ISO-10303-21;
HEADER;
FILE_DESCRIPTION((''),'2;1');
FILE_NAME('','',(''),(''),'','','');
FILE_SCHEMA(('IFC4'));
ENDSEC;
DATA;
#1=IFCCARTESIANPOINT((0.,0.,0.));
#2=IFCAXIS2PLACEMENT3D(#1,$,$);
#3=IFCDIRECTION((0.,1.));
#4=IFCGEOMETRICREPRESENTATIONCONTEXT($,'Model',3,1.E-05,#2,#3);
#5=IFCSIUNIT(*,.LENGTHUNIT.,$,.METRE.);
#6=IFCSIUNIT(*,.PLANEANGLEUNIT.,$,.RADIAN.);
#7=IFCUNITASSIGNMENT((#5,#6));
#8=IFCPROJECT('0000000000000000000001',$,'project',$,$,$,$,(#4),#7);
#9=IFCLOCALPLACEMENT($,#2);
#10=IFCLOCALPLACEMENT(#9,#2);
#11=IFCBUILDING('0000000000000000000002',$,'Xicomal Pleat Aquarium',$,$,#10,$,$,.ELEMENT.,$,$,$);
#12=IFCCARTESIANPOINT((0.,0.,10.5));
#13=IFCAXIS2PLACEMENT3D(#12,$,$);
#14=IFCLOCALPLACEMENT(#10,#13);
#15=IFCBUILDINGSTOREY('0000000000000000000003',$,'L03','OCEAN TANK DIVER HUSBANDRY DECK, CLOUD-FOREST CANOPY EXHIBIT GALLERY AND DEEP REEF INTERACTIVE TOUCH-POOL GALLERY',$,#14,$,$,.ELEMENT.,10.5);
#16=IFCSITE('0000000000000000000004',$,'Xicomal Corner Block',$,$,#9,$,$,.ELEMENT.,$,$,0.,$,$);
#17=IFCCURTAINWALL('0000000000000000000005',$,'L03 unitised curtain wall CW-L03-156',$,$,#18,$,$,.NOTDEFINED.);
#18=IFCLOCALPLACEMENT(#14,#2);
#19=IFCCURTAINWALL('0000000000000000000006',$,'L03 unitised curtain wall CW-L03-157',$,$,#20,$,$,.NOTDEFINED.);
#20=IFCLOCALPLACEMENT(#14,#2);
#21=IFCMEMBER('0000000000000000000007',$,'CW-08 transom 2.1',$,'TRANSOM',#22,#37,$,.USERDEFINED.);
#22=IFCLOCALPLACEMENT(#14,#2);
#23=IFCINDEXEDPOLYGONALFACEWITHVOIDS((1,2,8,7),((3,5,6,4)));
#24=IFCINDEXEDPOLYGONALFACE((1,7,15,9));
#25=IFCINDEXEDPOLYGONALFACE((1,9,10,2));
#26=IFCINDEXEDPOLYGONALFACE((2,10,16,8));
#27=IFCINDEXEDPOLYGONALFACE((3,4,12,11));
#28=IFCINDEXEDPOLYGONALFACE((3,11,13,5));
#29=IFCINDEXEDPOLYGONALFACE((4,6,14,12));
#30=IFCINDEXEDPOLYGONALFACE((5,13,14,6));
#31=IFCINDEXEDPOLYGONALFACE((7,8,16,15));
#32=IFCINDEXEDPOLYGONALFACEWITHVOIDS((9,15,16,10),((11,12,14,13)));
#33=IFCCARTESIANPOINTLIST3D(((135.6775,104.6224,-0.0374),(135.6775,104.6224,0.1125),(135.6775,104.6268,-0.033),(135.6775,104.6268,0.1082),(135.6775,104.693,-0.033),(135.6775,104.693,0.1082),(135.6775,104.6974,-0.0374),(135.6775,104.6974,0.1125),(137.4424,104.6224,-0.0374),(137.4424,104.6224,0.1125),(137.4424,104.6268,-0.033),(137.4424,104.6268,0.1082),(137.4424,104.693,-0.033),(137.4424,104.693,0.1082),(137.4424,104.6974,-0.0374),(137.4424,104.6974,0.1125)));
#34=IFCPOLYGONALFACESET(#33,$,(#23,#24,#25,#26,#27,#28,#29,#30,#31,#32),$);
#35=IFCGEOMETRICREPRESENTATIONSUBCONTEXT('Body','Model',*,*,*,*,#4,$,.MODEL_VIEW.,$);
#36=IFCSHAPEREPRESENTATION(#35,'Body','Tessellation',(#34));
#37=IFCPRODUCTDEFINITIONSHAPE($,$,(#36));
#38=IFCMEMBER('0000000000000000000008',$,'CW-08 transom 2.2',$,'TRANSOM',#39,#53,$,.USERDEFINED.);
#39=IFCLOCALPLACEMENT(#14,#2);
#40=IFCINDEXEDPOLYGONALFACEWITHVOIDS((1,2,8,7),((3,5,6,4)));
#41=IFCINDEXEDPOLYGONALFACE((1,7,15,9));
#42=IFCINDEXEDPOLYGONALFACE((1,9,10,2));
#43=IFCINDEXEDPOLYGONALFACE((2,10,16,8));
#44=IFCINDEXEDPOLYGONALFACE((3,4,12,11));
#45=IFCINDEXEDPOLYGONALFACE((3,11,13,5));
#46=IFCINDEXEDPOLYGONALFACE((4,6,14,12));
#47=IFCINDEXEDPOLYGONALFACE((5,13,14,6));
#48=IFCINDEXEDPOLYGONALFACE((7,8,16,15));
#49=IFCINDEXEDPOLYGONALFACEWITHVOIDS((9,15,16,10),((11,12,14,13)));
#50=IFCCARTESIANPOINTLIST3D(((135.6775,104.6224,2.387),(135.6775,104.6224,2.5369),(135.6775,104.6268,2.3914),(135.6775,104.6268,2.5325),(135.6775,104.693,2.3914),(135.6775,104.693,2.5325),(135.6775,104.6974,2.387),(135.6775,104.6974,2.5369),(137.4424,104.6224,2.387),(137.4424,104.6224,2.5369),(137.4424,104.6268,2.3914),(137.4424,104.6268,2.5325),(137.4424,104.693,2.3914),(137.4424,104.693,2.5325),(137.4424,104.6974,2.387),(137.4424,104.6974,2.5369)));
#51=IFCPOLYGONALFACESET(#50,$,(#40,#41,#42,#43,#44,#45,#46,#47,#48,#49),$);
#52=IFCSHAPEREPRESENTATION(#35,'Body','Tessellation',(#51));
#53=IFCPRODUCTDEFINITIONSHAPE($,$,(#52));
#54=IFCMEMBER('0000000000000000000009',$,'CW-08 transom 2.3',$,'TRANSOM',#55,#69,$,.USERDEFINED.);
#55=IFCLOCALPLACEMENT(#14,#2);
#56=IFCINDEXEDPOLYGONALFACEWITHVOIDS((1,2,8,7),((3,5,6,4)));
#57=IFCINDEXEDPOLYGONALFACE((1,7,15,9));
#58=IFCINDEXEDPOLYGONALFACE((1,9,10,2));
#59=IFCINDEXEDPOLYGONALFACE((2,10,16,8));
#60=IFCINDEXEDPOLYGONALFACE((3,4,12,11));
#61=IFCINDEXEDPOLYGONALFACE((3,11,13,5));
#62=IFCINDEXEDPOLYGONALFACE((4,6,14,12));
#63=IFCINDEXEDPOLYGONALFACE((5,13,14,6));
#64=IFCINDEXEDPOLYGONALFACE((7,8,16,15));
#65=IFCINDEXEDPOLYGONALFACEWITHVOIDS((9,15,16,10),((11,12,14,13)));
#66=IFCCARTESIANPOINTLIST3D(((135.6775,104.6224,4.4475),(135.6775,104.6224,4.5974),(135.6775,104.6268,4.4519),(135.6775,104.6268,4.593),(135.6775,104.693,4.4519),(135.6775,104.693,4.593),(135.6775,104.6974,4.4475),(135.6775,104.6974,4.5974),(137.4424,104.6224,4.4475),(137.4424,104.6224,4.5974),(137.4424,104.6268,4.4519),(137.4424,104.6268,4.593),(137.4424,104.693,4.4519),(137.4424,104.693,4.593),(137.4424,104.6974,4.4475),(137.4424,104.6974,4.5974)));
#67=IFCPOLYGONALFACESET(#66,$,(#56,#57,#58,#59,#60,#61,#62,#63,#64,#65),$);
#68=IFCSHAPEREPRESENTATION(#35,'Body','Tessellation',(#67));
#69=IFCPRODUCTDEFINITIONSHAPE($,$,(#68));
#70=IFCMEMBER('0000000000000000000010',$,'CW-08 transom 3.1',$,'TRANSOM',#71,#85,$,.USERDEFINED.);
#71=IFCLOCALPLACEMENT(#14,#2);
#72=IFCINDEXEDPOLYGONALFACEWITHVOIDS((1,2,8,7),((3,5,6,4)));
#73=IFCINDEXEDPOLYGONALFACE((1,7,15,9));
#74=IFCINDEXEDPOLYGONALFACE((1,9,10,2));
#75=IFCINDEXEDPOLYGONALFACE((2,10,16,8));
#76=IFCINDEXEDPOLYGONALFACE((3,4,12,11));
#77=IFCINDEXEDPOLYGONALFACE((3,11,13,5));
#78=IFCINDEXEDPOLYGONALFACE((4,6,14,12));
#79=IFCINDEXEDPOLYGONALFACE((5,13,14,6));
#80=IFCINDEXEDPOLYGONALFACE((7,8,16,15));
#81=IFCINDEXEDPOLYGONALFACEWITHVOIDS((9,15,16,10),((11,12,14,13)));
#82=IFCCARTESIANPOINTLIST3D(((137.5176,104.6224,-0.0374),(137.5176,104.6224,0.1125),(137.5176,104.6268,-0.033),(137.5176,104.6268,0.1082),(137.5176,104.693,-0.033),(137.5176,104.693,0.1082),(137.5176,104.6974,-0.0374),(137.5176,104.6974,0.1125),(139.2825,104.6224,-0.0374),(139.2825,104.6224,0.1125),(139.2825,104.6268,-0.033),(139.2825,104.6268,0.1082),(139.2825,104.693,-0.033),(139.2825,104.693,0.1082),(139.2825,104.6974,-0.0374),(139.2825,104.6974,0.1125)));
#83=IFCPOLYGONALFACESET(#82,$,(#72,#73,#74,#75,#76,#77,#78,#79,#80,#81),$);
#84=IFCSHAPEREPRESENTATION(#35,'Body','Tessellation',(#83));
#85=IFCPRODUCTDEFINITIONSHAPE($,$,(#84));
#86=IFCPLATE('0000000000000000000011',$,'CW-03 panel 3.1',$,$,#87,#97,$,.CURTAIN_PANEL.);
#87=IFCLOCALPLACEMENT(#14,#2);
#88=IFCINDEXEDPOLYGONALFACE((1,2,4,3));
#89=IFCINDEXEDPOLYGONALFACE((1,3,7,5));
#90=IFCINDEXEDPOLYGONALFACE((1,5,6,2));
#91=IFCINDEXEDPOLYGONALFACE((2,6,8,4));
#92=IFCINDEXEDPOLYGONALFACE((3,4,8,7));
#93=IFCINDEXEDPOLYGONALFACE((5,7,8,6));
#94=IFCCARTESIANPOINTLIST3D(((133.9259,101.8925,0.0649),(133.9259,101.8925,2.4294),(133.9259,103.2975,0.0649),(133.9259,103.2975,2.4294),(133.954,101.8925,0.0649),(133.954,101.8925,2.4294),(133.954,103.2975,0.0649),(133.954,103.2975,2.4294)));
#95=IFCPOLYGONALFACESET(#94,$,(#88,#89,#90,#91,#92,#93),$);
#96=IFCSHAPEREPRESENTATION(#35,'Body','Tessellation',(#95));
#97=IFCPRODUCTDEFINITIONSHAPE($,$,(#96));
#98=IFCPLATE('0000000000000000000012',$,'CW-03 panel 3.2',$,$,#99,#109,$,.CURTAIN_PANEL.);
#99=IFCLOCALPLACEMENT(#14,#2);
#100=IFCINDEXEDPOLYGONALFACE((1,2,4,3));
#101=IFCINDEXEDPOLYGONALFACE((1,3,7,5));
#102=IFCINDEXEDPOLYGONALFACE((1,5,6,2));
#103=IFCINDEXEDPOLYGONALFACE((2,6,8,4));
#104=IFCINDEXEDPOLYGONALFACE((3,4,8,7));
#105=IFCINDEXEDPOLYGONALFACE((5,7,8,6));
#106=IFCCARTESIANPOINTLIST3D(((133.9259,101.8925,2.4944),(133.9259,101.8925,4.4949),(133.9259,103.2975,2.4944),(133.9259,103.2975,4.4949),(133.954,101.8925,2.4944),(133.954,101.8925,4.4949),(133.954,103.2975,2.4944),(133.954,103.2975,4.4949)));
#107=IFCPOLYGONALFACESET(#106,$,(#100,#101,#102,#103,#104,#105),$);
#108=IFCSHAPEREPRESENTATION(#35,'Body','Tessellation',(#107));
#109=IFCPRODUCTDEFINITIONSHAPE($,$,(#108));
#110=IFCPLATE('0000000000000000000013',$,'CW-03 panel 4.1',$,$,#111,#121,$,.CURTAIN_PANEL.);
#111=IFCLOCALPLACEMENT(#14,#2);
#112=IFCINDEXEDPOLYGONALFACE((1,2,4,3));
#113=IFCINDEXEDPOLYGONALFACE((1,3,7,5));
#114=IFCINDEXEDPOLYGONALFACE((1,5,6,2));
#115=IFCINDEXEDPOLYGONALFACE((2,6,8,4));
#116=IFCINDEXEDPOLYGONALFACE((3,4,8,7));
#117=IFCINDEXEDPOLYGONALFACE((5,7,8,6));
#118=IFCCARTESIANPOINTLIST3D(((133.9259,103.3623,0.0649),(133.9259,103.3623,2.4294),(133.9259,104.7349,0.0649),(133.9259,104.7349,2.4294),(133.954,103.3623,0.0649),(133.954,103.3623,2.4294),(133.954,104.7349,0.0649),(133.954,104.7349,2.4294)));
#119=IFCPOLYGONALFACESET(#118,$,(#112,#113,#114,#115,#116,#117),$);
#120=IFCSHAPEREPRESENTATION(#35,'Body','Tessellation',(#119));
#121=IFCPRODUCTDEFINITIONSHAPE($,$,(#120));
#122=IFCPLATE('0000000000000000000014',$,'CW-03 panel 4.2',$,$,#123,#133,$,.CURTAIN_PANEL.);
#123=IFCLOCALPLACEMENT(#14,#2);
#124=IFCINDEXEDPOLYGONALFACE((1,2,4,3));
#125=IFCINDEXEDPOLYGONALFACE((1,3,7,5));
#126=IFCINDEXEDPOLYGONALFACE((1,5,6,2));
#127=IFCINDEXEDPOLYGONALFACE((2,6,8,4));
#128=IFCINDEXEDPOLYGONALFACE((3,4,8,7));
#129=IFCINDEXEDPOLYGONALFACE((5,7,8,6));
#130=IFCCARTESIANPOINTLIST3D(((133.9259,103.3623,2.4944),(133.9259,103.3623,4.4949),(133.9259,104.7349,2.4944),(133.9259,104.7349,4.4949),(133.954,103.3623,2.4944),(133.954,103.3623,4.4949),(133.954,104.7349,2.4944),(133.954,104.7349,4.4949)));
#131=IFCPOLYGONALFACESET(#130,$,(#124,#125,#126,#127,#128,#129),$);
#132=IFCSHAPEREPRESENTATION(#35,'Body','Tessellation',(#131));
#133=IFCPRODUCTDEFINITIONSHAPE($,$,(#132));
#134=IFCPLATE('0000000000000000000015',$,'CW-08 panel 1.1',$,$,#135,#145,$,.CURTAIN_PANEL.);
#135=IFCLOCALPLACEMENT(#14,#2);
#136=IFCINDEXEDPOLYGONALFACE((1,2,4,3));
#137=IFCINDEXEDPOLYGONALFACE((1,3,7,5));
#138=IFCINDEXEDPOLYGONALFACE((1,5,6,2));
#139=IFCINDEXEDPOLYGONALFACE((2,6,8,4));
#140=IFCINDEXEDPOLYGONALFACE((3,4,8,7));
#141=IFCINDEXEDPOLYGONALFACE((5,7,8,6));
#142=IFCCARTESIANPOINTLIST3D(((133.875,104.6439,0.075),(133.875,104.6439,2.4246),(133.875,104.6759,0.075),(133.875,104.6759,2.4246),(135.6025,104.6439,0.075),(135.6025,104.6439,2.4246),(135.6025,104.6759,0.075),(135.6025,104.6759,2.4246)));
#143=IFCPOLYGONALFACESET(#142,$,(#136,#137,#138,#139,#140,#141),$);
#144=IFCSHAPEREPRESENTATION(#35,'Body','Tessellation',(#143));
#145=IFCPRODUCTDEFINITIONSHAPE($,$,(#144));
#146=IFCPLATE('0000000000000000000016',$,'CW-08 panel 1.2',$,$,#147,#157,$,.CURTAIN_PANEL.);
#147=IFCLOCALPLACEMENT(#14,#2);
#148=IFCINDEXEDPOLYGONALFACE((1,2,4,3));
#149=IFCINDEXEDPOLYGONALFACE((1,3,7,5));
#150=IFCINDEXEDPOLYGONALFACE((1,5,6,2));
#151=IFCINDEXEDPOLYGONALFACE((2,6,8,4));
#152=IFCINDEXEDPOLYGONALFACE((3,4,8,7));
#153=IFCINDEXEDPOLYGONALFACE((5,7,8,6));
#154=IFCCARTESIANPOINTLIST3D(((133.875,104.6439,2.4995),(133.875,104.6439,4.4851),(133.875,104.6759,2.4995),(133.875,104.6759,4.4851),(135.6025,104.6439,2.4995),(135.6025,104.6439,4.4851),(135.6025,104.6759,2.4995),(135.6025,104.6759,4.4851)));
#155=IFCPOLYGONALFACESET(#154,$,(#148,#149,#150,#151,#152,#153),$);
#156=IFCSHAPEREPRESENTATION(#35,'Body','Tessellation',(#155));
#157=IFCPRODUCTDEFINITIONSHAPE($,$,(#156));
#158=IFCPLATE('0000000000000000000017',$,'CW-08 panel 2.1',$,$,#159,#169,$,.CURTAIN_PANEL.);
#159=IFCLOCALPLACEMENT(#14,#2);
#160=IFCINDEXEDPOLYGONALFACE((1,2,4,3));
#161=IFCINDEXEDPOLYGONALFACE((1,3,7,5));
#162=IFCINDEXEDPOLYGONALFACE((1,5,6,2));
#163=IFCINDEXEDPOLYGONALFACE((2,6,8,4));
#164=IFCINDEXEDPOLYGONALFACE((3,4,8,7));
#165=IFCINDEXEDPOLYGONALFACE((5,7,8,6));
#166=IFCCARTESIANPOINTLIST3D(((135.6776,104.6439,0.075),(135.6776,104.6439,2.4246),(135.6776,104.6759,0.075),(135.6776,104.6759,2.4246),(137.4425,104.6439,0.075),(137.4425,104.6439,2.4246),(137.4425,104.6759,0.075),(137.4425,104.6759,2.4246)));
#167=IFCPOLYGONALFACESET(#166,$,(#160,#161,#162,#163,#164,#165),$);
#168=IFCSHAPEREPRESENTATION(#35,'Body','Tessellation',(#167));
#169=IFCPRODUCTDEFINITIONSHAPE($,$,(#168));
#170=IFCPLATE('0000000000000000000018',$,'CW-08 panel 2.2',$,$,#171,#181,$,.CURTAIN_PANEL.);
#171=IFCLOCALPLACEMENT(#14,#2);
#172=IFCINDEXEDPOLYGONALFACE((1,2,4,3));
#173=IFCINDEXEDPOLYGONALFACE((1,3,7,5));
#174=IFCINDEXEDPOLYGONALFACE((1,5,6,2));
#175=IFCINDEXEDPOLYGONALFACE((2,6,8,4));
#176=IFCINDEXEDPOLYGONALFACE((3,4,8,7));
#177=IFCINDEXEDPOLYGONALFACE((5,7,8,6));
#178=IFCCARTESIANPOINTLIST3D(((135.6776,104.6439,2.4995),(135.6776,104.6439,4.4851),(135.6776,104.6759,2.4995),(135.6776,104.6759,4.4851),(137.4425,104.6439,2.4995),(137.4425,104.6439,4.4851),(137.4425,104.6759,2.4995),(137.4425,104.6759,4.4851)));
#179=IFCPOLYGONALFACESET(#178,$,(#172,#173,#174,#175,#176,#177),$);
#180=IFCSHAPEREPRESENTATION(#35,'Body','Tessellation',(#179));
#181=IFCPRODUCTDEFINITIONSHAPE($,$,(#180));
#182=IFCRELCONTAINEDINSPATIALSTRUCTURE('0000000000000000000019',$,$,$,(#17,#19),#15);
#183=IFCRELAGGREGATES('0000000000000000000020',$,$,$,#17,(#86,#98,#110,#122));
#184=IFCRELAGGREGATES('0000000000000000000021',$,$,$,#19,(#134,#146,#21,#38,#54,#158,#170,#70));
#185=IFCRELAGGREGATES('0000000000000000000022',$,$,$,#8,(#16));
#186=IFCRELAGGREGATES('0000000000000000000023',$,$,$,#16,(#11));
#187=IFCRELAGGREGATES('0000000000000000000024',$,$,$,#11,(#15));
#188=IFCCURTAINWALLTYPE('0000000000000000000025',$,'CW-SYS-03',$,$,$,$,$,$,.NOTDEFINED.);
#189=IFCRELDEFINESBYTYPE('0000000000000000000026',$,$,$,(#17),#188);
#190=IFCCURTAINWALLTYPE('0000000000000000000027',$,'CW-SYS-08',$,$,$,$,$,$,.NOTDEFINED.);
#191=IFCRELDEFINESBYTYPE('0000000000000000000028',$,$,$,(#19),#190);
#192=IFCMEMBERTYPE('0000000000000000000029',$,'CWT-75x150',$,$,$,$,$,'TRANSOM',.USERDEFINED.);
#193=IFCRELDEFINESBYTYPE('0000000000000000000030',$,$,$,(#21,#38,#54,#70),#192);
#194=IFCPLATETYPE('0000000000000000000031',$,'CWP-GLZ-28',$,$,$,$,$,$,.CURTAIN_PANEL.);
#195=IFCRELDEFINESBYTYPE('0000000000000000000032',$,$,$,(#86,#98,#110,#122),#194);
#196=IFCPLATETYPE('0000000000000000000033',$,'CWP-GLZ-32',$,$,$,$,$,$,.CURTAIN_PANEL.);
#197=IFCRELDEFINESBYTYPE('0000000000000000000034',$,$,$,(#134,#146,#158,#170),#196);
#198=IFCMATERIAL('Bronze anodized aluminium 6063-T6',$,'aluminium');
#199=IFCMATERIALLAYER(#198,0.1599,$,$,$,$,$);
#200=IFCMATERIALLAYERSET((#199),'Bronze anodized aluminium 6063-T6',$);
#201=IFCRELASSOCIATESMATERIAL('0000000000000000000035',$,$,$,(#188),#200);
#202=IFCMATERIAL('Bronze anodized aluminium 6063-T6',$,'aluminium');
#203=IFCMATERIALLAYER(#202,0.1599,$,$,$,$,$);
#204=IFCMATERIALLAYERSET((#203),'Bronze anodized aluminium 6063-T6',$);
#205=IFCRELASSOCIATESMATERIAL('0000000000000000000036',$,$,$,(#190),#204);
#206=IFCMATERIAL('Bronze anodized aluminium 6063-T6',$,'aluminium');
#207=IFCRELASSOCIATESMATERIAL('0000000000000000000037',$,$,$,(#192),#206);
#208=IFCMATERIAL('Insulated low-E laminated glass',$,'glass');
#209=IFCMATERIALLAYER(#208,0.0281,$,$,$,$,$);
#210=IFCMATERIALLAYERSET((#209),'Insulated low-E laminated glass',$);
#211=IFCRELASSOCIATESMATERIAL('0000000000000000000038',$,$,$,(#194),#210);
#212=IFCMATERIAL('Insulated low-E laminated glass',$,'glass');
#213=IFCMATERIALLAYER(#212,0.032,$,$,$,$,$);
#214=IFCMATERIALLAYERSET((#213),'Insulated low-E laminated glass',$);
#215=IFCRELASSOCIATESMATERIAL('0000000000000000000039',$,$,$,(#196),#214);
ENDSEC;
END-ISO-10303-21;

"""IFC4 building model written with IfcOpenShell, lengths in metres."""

from ifc_helpers import new_model, si_unit, direction, frame, origin, origin_2d, place, context, subcontext, project, spatial, rectangle, hollow_rectangle, extrude, material, layer, layer_set, material_profile, profile_set, type_object, element, aggregate, save


model = new_model("IFC4")

# Units and contexts
model_context = context("Model", 3, precision=1e-05, world=origin(), true_north=direction((0.0, 1.0)))
body_context = subcontext(model_context, "Body", "Model", "MODEL_VIEW")
ifc_project = project(units=[si_unit("LENGTHUNIT", "METRE"), si_unit("PLANEANGLEUNIT", "RADIAN")], contexts=[model_context])

# Site, building, storey
site_placement = place(None, origin())
site = spatial("IfcSite", under=ifc_project, at=site_placement, Name="Xicomal Corner Block", CompositionType="ELEMENT", RefElevation=0.0)
building_placement = place(site_placement, origin())
building = spatial("IfcBuilding", under=site, at=building_placement, Name="Xicomal Pleat Aquarium", CompositionType="ELEMENT")
storey_placement = place(building_placement, frame((0.0, 0.0, 10.5)))
storey = spatial("IfcBuildingStorey", under=building, at=storey_placement, Name="L03", Description="OCEAN TANK DIVER HUSBANDRY DECK, CLOUD-FOREST CANOPY EXHIBIT GALLERY AND DEEP REEF INTERACTIVE TOUCH-POOL GALLERY", CompositionType="ELEMENT", Elevation=10.5)

# Curtain walls
ifc_material_1 = material(Name="Bronze anodized aluminium 6063-T6", Category="aluminium")
ifc_layer_1 = layer(ifc_material_1, 0.1599)
ifc_layer_set_1 = layer_set([ifc_layer_1], Name="Bronze anodized aluminium 6063-T6")
curtain_wall_type_1 = type_object("IfcCurtainWallType", Name="CW-SYS-03", PredefinedType="NOTDEFINED", material=ifc_layer_set_1)
curtain_wall_1_placement = place(storey_placement, origin())
curtain_wall_1 = element("IfcCurtainWall", 1, at=curtain_wall_1_placement, inside=storey, type_object=curtain_wall_type_1, Name="L03 unitised curtain wall CW-L03-156", PredefinedType="NOTDEFINED")
ifc_material_2 = material(Name="Bronze anodized aluminium 6063-T6", Category="aluminium")
ifc_layer_2 = layer(ifc_material_2, 0.1599)
ifc_layer_set_2 = layer_set([ifc_layer_2], Name="Bronze anodized aluminium 6063-T6")
curtain_wall_type_2 = type_object("IfcCurtainWallType", Name="CW-SYS-08", PredefinedType="NOTDEFINED", material=ifc_layer_set_2)
curtain_wall_2_placement = place(storey_placement, origin())
curtain_wall_2 = element("IfcCurtainWall", 2, at=curtain_wall_2_placement, inside=storey, type_object=curtain_wall_type_2, Name="L03 unitised curtain wall CW-L03-157", PredefinedType="NOTDEFINED")

# Members
ifc_material_3 = material(Name="Bronze anodized aluminium 6063-T6", Category="aluminium")
ifc_material_profile_1 = material_profile(ifc_material_3, hollow_rectangle(XDim=0.075, YDim=0.1499, WallThickness=0.0044, at=origin_2d()), Name="ALU TRAN 75x150")
ifc_profile_set_1 = profile_set([ifc_material_profile_1], Name="Bronze anodized aluminium 6063-T6")
member_type_1 = type_object("IfcMemberType", Name="CWT-75x150", ElementType="TRANSOM", PredefinedType="USERDEFINED", material=ifc_profile_set_1)
member_1_placement = place(storey_placement, frame((135.6775, 104.6599, 0.0376), z_axis=(1.0, 0.0, 0.0), x_axis=(0.0, 1.0, 0.0)))
member_1 = element("IfcMember", 3, at=member_1_placement, type_object=member_type_1, Name="CW-08 transom 2.1", ObjectType="TRANSOM", PredefinedType="USERDEFINED", context=body_context, shape_type="SweptSolid", body=[
    extrude(hollow_rectangle(XDim=0.075, YDim=0.1499, WallThickness=0.0044, at=origin_2d()), origin(), (0.0, 0.0, 1.0), 1.7649),
])
member_2_placement = place(storey_placement, frame((135.6775, 104.6599, 2.4619), z_axis=(1.0, 0.0, 0.0), x_axis=(0.0, 1.0, 0.0)))
member_2 = element("IfcMember", 4, at=member_2_placement, type_object=member_type_1, Name="CW-08 transom 2.2", ObjectType="TRANSOM", PredefinedType="USERDEFINED", context=body_context, shape_type="SweptSolid", body=[
    extrude(hollow_rectangle(XDim=0.075, YDim=0.1499, WallThickness=0.0044, at=origin_2d()), origin(), (0.0, 0.0, 1.0), 1.7649),
])
member_3_placement = place(storey_placement, frame((135.6775, 104.6599, 4.5225), z_axis=(1.0, 0.0, 0.0), x_axis=(0.0, 1.0, 0.0)))
member_3 = element("IfcMember", 5, at=member_3_placement, type_object=member_type_1, Name="CW-08 transom 2.3", ObjectType="TRANSOM", PredefinedType="USERDEFINED", context=body_context, shape_type="SweptSolid", body=[
    extrude(hollow_rectangle(XDim=0.075, YDim=0.1499, WallThickness=0.0044, at=origin_2d()), origin(), (0.0, 0.0, 1.0), 1.7649),
])
member_4_placement = place(storey_placement, frame((137.5176, 104.6599, 0.0376), z_axis=(1.0, 0.0, 0.0), x_axis=(0.0, 1.0, 0.0)))
member_4 = element("IfcMember", 6, at=member_4_placement, type_object=member_type_1, Name="CW-08 transom 3.1", ObjectType="TRANSOM", PredefinedType="USERDEFINED", context=body_context, shape_type="SweptSolid", body=[
    extrude(hollow_rectangle(XDim=0.075, YDim=0.1499, WallThickness=0.0044, at=origin_2d()), origin(), (0.0, 0.0, 1.0), 1.7649),
])

# Plates
ifc_material_4 = material(Name="Insulated low-E laminated glass", Category="glass")
ifc_layer_3 = layer(ifc_material_4, 0.0281)
ifc_layer_set_3 = layer_set([ifc_layer_3], Name="Insulated low-E laminated glass")
plate_type_1 = type_object("IfcPlateType", Name="CWP-GLZ-28", PredefinedType="CURTAIN_PANEL", material=ifc_layer_set_3)
plate_1_placement = place(storey_placement, frame((133.9399, 102.595, 0.0649), z_axis=(0.0, 0.0, 1.0), x_axis=(0.0, 1.0, 0.0)))
plate_1 = element("IfcPlate", 7, at=plate_1_placement, type_object=plate_type_1, Name="CW-03 panel 3.1", PredefinedType="CURTAIN_PANEL", context=body_context, shape_type="SweptSolid", body=[
    extrude(rectangle(XDim=1.405, YDim=0.0281, at=origin_2d()), origin(), (0.0, 0.0, 1.0), 2.3645),
])
plate_2_placement = place(storey_placement, frame((133.9399, 102.595, 2.4944), z_axis=(0.0, 0.0, 1.0), x_axis=(0.0, 1.0, 0.0)))
plate_2 = element("IfcPlate", 8, at=plate_2_placement, type_object=plate_type_1, Name="CW-03 panel 3.2", PredefinedType="CURTAIN_PANEL", context=body_context, shape_type="SweptSolid", body=[
    extrude(rectangle(XDim=1.405, YDim=0.0281, at=origin_2d()), origin(), (0.0, 0.0, 1.0), 2.0005),
])
plate_3_placement = place(storey_placement, frame((133.9399, 104.0486, 0.0649), z_axis=(0.0, 0.0, 1.0), x_axis=(0.0, 1.0, 0.0)))
plate_3 = element("IfcPlate", 9, at=plate_3_placement, type_object=plate_type_1, Name="CW-03 panel 4.1", PredefinedType="CURTAIN_PANEL", context=body_context, shape_type="SweptSolid", body=[
    extrude(rectangle(XDim=1.3726, YDim=0.0281, at=origin_2d()), origin(), (0.0, 0.0, 1.0), 2.3645),
])
plate_4_placement = place(storey_placement, frame((133.9399, 104.0486, 2.4944), z_axis=(0.0, 0.0, 1.0), x_axis=(0.0, 1.0, 0.0)))
plate_4 = element("IfcPlate", 10, at=plate_4_placement, type_object=plate_type_1, Name="CW-03 panel 4.2", PredefinedType="CURTAIN_PANEL", context=body_context, shape_type="SweptSolid", body=[
    extrude(rectangle(XDim=1.3726, YDim=0.0281, at=origin_2d()), origin(), (0.0, 0.0, 1.0), 2.0005),
])
aggregate(curtain_wall_1, [plate_1, plate_2, plate_3, plate_4])
ifc_material_5 = material(Name="Insulated low-E laminated glass", Category="glass")
ifc_layer_4 = layer(ifc_material_5, 0.032)
ifc_layer_set_4 = layer_set([ifc_layer_4], Name="Insulated low-E laminated glass")
plate_type_2 = type_object("IfcPlateType", Name="CWP-GLZ-32", PredefinedType="CURTAIN_PANEL", material=ifc_layer_set_4)
plate_5_placement = place(storey_placement, frame((134.7388, 104.6599, 0.075), z_axis=(0.0, 0.0, 1.0), x_axis=(1.0, 0.0, 0.0)))
plate_5 = element("IfcPlate", 11, at=plate_5_placement, type_object=plate_type_2, Name="CW-08 panel 1.1", PredefinedType="CURTAIN_PANEL", context=body_context, shape_type="SweptSolid", body=[
    extrude(rectangle(XDim=1.7275, YDim=0.032, at=origin_2d()), origin(), (0.0, 0.0, 1.0), 2.3496),
])
plate_6_placement = place(storey_placement, frame((134.7388, 104.6599, 2.4995), z_axis=(0.0, 0.0, 1.0), x_axis=(1.0, 0.0, 0.0)))
plate_6 = element("IfcPlate", 12, at=plate_6_placement, type_object=plate_type_2, Name="CW-08 panel 1.2", PredefinedType="CURTAIN_PANEL", context=body_context, shape_type="SweptSolid", body=[
    extrude(rectangle(XDim=1.7275, YDim=0.032, at=origin_2d()), origin(), (0.0, 0.0, 1.0), 1.9856),
])
plate_7_placement = place(storey_placement, frame((136.5601, 104.6599, 0.075), z_axis=(0.0, 0.0, 1.0), x_axis=(1.0, 0.0, 0.0)))
plate_7 = element("IfcPlate", 13, at=plate_7_placement, type_object=plate_type_2, Name="CW-08 panel 2.1", PredefinedType="CURTAIN_PANEL", context=body_context, shape_type="SweptSolid", body=[
    extrude(rectangle(XDim=1.7649, YDim=0.032, at=origin_2d()), origin(), (0.0, 0.0, 1.0), 2.3496),
])
plate_8_placement = place(storey_placement, frame((136.5601, 104.6599, 2.4995), z_axis=(0.0, 0.0, 1.0), x_axis=(1.0, 0.0, 0.0)))
plate_8 = element("IfcPlate", 14, at=plate_8_placement, type_object=plate_type_2, Name="CW-08 panel 2.2", PredefinedType="CURTAIN_PANEL", context=body_context, shape_type="SweptSolid", body=[
    extrude(rectangle(XDim=1.7649, YDim=0.032, at=origin_2d()), origin(), (0.0, 0.0, 1.0), 1.9856),
])
aggregate(curtain_wall_2, [plate_5, plate_6, member_1, member_2, member_3, plate_7, plate_8, member_4])

save(model, "model.ifc")
